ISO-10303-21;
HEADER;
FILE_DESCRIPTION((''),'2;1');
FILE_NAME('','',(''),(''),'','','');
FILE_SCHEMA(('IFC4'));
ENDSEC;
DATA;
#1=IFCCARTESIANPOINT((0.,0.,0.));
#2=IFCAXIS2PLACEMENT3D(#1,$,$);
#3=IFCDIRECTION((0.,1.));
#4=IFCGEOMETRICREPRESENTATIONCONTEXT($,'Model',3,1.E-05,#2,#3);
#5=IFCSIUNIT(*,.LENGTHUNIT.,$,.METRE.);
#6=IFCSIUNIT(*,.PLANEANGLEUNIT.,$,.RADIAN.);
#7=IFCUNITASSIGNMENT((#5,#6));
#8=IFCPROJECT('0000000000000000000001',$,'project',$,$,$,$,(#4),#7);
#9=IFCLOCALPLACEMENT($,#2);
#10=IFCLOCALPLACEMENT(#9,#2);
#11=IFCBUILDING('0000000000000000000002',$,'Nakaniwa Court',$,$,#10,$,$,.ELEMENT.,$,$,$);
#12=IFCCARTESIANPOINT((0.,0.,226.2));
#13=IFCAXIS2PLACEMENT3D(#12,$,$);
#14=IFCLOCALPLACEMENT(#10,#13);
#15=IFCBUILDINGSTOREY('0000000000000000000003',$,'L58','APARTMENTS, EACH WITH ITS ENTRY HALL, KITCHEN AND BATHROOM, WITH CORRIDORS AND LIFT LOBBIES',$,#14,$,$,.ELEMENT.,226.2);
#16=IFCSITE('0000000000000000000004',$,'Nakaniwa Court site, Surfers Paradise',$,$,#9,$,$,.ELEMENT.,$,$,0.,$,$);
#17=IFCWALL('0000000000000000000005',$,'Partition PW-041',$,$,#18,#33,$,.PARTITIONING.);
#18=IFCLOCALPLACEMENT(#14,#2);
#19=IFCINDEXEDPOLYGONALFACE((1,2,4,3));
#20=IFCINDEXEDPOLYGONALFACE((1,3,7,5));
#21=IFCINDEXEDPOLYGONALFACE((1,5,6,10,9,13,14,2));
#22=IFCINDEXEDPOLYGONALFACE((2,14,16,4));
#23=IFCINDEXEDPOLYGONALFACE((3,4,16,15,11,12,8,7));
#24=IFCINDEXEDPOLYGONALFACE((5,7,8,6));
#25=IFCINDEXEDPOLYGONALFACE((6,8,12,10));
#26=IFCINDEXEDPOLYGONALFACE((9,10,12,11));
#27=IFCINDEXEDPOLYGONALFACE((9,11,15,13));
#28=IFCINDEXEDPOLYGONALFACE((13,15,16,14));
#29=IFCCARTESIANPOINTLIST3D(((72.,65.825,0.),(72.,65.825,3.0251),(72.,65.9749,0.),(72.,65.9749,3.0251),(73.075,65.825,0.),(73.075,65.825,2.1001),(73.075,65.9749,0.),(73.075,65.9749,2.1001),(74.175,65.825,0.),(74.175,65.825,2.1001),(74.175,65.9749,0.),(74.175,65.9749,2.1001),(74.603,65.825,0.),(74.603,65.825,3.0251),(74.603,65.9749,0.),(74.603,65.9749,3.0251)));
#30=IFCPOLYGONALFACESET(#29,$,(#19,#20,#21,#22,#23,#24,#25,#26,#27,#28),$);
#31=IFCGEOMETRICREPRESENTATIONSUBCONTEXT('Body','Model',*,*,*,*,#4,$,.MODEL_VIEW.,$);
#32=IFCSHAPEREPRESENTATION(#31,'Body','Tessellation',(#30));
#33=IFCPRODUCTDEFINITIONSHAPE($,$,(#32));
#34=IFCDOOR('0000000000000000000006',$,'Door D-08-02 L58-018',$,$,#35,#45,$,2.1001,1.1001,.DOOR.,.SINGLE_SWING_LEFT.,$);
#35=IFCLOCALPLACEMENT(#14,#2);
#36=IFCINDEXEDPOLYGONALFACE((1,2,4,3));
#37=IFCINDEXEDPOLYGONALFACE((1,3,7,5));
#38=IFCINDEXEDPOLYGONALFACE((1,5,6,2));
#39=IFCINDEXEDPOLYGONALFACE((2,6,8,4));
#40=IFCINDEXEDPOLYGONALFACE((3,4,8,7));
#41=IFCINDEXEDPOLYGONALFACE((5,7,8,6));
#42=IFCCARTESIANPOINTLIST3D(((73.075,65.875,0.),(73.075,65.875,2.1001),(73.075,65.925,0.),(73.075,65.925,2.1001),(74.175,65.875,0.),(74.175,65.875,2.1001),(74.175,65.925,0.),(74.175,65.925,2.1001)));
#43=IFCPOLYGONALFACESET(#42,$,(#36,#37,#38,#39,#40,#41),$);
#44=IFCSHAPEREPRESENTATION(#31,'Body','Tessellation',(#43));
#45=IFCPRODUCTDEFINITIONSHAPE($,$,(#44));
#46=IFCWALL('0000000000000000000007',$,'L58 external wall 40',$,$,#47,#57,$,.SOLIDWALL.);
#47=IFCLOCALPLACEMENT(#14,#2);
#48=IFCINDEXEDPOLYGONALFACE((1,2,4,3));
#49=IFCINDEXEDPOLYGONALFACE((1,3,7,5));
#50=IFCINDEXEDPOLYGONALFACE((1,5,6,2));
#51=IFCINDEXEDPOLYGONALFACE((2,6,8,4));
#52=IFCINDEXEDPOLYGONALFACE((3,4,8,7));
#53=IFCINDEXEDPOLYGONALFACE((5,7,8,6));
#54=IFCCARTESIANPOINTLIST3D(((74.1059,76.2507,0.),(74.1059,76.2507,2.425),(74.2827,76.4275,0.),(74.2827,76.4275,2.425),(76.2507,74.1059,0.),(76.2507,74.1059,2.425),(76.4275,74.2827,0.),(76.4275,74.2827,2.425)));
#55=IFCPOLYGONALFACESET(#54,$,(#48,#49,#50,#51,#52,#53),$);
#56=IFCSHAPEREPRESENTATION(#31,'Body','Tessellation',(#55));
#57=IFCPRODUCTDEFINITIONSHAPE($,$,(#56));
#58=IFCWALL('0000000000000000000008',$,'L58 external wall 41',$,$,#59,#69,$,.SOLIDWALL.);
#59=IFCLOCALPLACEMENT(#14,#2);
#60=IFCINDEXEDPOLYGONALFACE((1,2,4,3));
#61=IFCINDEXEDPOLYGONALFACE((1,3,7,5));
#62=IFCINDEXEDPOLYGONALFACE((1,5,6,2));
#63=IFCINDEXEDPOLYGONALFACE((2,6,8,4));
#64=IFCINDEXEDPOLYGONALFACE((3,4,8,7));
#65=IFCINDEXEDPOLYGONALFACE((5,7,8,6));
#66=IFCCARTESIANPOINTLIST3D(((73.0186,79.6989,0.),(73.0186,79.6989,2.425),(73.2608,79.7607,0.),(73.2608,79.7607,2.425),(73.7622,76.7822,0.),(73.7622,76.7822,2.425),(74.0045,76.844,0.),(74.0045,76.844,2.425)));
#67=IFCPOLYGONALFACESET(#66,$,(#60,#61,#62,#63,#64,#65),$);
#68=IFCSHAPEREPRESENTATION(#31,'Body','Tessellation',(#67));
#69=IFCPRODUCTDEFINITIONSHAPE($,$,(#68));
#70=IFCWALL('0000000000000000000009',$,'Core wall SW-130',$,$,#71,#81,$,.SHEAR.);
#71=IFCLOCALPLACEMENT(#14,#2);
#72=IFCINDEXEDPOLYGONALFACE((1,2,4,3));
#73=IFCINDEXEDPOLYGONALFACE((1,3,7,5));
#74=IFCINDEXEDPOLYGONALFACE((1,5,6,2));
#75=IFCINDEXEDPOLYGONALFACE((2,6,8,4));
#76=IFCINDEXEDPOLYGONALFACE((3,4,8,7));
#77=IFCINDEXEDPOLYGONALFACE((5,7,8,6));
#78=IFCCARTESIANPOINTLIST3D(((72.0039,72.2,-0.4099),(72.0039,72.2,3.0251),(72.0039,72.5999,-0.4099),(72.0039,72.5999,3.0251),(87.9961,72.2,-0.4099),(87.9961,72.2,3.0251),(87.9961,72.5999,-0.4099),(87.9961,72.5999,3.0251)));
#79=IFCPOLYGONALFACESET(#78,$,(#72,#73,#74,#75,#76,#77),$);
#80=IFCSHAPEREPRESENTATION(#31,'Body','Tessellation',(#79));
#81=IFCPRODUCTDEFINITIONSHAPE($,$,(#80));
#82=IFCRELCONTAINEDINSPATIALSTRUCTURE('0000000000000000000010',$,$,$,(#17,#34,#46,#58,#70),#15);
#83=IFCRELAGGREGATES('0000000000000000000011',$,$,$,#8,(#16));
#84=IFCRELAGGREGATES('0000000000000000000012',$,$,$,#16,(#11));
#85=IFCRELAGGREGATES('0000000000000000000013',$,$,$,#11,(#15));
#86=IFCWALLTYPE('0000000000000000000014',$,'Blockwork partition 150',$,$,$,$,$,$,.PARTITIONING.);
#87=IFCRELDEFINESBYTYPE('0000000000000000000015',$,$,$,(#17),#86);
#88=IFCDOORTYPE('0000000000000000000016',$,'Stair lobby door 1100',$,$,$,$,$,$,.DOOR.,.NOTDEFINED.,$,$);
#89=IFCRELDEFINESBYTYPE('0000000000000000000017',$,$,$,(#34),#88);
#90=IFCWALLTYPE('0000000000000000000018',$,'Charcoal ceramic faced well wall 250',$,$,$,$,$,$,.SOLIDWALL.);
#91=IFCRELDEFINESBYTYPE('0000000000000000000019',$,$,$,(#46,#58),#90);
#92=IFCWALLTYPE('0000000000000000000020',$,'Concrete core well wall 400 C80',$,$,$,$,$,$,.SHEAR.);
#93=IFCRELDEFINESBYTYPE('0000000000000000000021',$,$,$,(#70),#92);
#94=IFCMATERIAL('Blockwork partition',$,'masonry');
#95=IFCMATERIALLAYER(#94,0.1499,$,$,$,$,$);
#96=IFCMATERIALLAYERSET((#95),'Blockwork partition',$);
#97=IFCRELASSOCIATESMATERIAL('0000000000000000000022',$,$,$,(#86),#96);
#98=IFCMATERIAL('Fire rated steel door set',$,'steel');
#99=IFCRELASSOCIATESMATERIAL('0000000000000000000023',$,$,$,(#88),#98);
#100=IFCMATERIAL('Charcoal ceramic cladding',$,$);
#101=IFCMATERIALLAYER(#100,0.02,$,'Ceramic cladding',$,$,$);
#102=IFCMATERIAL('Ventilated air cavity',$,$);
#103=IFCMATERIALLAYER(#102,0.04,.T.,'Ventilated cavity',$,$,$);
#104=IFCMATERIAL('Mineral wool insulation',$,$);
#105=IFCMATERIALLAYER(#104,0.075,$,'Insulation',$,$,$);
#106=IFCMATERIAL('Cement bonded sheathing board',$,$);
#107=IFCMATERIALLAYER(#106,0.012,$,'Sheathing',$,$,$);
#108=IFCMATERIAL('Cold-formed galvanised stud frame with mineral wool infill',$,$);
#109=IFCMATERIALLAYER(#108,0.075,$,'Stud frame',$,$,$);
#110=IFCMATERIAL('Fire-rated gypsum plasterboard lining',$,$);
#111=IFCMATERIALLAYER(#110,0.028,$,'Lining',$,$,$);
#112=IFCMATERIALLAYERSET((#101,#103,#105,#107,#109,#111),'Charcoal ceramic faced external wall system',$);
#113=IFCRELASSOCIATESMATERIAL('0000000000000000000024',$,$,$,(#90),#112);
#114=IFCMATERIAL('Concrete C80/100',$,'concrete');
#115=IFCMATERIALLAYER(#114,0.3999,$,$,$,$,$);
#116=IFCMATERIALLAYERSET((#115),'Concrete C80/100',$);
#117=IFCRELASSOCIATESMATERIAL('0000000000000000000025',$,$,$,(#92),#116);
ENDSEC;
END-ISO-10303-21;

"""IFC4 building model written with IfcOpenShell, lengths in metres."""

from ifc_helpers import new_model, si_unit, direction, frame, frame_2d, origin, place, context, subcontext, project, spatial, rectangle, extrude, material, layer, layer_set, type_object, element, fill, save


model = new_model("IFC4")

# Units and contexts
model_context = context("Model", 3, precision=1e-05, world=origin(), true_north=direction((0.0, 1.0)))
body_context = subcontext(model_context, "Body", "Model", "MODEL_VIEW")
ifc_project = project(units=[si_unit("LENGTHUNIT", "METRE"), si_unit("PLANEANGLEUNIT", "RADIAN")], contexts=[model_context])

# Site, building, storey
site_placement = place(None, origin())
site = spatial("IfcSite", under=ifc_project, at=site_placement, Name="Nakaniwa Court site, Surfers Paradise", CompositionType="ELEMENT", RefElevation=0.0)
building_placement = place(site_placement, origin())
building = spatial("IfcBuilding", under=site, at=building_placement, Name="Nakaniwa Court", CompositionType="ELEMENT")
storey_placement = place(building_placement, frame((0.0, 0.0, 226.2)))
storey = spatial("IfcBuildingStorey", under=building, at=storey_placement, Name="L58", Description="APARTMENTS, EACH WITH ITS ENTRY HALL, KITCHEN AND BATHROOM, WITH CORRIDORS AND LIFT LOBBIES", CompositionType="ELEMENT", Elevation=226.2)

# Shared definitions
ifc_material_1 = material(Name="Concrete C80/100", Category="concrete")

# Shared definitions
ifc_material_2 = material(Name="Blockwork partition", Category="masonry")
ifc_layer_1 = layer(ifc_material_2, 0.1499)
ifc_layer_set_1 = layer_set([ifc_layer_1], Name="Blockwork partition")
wall_type_1 = type_object("IfcWallType", Name="Blockwork partition 150", PredefinedType="PARTITIONING", material=ifc_layer_set_1)

# Shared definitions
ifc_material_3 = material(Name="Fire rated steel door set", Category="steel")

# Wall, opening, door
wall_1_placement = place(storey_placement, frame((74.603, 65.8999, 0.0), z_axis=(0.0, 0.0, 1.0), x_axis=(-1.0, 0.0, 0.0)))
wall_1 = element("IfcWall", 1, at=wall_1_placement, inside=storey, type_object=wall_type_1, Name="Partition PW-041", PredefinedType="PARTITIONING", context=body_context, shape_type="SweptSolid", body=[
    extrude(rectangle(XDim=2.603, YDim=0.1499, at=frame_2d((1.3015, 0.0))), origin(), (0.0, 0.0, 1.0), 3.0251),
])
opening_1_placement = place(wall_1_placement, frame((0.428, 0.0, 0.0)))
opening_1 = element("IfcOpeningElement", 2, at=opening_1_placement, cuts=wall_1, PredefinedType="OPENING", context=body_context, shape_type="SweptSolid", body=[
    extrude(rectangle(XDim=1.1001, YDim=2.1001, at=frame_2d((0.55, 1.05))), frame((0.0, 0.085, 0.0), z_axis=(0.0, -1.0, 0.0), x_axis=(1.0, 0.0, 0.0)), (0.0, 0.0, 1.0), 0.1699),
])
door_type_1 = type_object("IfcDoorType", Name="Stair lobby door 1100", OperationType="NOTDEFINED", PredefinedType="DOOR", material=ifc_material_3)
door_1_placement = place(opening_1_placement, origin())
door_1 = element("IfcDoor", 3, at=door_1_placement, inside=storey, type_object=door_type_1, Name="Door D-08-02 L58-018", OperationType="SINGLE_SWING_LEFT", OverallHeight=2.1001, OverallWidth=1.1001, PredefinedType="DOOR", context=body_context, shape_type="SweptSolid", body=[
    extrude(rectangle(XDim=1.1001, YDim=2.1001, at=frame_2d((0.55, 1.05))), frame((0.0, 0.0249, 0.0), z_axis=(0.0, -1.0, 0.0), x_axis=(1.0, 0.0, 0.0)), (0.0, 0.0, 1.0), 0.05),
])
fill(opening_1, door_1)

# Walls
ifc_material_4 = material(Name="Charcoal ceramic cladding")
ifc_layer_2 = layer(ifc_material_4, 0.02, Name="Ceramic cladding")
ifc_material_5 = material(Name="Ventilated air cavity")
ifc_layer_3 = layer(ifc_material_5, 0.04, ventilated=True, Name="Ventilated cavity")
ifc_material_6 = material(Name="Mineral wool insulation")
ifc_layer_4 = layer(ifc_material_6, 0.075, Name="Insulation")
ifc_material_7 = material(Name="Cement bonded sheathing board")
ifc_layer_5 = layer(ifc_material_7, 0.012, Name="Sheathing")
ifc_material_8 = material(Name="Cold-formed galvanised stud frame with mineral wool infill")
ifc_layer_6 = layer(ifc_material_8, 0.075, Name="Stud frame")
ifc_material_9 = material(Name="Fire-rated gypsum plasterboard lining")
ifc_layer_7 = layer(ifc_material_9, 0.028, Name="Lining")
ifc_layer_set_2 = layer_set([ifc_layer_2, ifc_layer_3, ifc_layer_4, ifc_layer_5, ifc_layer_6, ifc_layer_7], Name="Charcoal ceramic faced external wall system")
wall_type_2 = type_object("IfcWallType", Name="Charcoal ceramic faced well wall 250", PredefinedType="SOLIDWALL", material=ifc_layer_set_2)
wall_2_placement = place(storey_placement, frame((76.3391, 74.1943, 0.0), z_axis=(0.0, 0.0, 1.0), x_axis=(-0.707107, 0.707107, 0.0)))
element("IfcWall", 4, at=wall_2_placement, inside=storey, type_object=wall_type_2, Name="L58 external wall 40", PredefinedType="SOLIDWALL", context=body_context, shape_type="SweptSolid", body=[
    extrude(rectangle(XDim=3.0332, YDim=0.25, at=frame_2d((1.5166, 0.0))), origin(), (0.0, 0.0, 1.0), 2.425),
])
wall_3_placement = place(storey_placement, frame((73.8833, 76.8132, 0.0), z_axis=(0.0, 0.0, 1.0), x_axis=(-0.247056, 0.969001, 0.0)))
element("IfcWall", 5, at=wall_3_placement, inside=storey, type_object=wall_type_2, Name="L58 external wall 41", PredefinedType="SOLIDWALL", context=body_context, shape_type="SweptSolid", body=[
    extrude(rectangle(XDim=3.01, YDim=0.25, at=frame_2d((1.5049, 0.0))), origin(), (0.0, 0.0, 1.0), 2.425),
])
ifc_layer_8 = layer(ifc_material_1, 0.3999)
ifc_layer_set_3 = layer_set([ifc_layer_8], Name="Concrete C80/100")
wall_type_3 = type_object("IfcWallType", Name="Concrete core well wall 400 C80", PredefinedType="SHEAR", material=ifc_layer_set_3)
wall_4_placement = place(storey_placement, frame((72.0039, 72.3999, -0.4099), z_axis=(0.0, 0.0, 1.0), x_axis=(1.0, 0.0, 0.0)))
element("IfcWall", 6, at=wall_4_placement, inside=storey, type_object=wall_type_3, Name="Core wall SW-130", PredefinedType="SHEAR", context=body_context, shape_type="SweptSolid", body=[
    extrude(rectangle(XDim=15.9922, YDim=0.3999, at=frame_2d((7.9961, 0.0))), origin(), (0.0, 0.0, 1.0), 3.4351),
])

save(model, "model.ifc")
